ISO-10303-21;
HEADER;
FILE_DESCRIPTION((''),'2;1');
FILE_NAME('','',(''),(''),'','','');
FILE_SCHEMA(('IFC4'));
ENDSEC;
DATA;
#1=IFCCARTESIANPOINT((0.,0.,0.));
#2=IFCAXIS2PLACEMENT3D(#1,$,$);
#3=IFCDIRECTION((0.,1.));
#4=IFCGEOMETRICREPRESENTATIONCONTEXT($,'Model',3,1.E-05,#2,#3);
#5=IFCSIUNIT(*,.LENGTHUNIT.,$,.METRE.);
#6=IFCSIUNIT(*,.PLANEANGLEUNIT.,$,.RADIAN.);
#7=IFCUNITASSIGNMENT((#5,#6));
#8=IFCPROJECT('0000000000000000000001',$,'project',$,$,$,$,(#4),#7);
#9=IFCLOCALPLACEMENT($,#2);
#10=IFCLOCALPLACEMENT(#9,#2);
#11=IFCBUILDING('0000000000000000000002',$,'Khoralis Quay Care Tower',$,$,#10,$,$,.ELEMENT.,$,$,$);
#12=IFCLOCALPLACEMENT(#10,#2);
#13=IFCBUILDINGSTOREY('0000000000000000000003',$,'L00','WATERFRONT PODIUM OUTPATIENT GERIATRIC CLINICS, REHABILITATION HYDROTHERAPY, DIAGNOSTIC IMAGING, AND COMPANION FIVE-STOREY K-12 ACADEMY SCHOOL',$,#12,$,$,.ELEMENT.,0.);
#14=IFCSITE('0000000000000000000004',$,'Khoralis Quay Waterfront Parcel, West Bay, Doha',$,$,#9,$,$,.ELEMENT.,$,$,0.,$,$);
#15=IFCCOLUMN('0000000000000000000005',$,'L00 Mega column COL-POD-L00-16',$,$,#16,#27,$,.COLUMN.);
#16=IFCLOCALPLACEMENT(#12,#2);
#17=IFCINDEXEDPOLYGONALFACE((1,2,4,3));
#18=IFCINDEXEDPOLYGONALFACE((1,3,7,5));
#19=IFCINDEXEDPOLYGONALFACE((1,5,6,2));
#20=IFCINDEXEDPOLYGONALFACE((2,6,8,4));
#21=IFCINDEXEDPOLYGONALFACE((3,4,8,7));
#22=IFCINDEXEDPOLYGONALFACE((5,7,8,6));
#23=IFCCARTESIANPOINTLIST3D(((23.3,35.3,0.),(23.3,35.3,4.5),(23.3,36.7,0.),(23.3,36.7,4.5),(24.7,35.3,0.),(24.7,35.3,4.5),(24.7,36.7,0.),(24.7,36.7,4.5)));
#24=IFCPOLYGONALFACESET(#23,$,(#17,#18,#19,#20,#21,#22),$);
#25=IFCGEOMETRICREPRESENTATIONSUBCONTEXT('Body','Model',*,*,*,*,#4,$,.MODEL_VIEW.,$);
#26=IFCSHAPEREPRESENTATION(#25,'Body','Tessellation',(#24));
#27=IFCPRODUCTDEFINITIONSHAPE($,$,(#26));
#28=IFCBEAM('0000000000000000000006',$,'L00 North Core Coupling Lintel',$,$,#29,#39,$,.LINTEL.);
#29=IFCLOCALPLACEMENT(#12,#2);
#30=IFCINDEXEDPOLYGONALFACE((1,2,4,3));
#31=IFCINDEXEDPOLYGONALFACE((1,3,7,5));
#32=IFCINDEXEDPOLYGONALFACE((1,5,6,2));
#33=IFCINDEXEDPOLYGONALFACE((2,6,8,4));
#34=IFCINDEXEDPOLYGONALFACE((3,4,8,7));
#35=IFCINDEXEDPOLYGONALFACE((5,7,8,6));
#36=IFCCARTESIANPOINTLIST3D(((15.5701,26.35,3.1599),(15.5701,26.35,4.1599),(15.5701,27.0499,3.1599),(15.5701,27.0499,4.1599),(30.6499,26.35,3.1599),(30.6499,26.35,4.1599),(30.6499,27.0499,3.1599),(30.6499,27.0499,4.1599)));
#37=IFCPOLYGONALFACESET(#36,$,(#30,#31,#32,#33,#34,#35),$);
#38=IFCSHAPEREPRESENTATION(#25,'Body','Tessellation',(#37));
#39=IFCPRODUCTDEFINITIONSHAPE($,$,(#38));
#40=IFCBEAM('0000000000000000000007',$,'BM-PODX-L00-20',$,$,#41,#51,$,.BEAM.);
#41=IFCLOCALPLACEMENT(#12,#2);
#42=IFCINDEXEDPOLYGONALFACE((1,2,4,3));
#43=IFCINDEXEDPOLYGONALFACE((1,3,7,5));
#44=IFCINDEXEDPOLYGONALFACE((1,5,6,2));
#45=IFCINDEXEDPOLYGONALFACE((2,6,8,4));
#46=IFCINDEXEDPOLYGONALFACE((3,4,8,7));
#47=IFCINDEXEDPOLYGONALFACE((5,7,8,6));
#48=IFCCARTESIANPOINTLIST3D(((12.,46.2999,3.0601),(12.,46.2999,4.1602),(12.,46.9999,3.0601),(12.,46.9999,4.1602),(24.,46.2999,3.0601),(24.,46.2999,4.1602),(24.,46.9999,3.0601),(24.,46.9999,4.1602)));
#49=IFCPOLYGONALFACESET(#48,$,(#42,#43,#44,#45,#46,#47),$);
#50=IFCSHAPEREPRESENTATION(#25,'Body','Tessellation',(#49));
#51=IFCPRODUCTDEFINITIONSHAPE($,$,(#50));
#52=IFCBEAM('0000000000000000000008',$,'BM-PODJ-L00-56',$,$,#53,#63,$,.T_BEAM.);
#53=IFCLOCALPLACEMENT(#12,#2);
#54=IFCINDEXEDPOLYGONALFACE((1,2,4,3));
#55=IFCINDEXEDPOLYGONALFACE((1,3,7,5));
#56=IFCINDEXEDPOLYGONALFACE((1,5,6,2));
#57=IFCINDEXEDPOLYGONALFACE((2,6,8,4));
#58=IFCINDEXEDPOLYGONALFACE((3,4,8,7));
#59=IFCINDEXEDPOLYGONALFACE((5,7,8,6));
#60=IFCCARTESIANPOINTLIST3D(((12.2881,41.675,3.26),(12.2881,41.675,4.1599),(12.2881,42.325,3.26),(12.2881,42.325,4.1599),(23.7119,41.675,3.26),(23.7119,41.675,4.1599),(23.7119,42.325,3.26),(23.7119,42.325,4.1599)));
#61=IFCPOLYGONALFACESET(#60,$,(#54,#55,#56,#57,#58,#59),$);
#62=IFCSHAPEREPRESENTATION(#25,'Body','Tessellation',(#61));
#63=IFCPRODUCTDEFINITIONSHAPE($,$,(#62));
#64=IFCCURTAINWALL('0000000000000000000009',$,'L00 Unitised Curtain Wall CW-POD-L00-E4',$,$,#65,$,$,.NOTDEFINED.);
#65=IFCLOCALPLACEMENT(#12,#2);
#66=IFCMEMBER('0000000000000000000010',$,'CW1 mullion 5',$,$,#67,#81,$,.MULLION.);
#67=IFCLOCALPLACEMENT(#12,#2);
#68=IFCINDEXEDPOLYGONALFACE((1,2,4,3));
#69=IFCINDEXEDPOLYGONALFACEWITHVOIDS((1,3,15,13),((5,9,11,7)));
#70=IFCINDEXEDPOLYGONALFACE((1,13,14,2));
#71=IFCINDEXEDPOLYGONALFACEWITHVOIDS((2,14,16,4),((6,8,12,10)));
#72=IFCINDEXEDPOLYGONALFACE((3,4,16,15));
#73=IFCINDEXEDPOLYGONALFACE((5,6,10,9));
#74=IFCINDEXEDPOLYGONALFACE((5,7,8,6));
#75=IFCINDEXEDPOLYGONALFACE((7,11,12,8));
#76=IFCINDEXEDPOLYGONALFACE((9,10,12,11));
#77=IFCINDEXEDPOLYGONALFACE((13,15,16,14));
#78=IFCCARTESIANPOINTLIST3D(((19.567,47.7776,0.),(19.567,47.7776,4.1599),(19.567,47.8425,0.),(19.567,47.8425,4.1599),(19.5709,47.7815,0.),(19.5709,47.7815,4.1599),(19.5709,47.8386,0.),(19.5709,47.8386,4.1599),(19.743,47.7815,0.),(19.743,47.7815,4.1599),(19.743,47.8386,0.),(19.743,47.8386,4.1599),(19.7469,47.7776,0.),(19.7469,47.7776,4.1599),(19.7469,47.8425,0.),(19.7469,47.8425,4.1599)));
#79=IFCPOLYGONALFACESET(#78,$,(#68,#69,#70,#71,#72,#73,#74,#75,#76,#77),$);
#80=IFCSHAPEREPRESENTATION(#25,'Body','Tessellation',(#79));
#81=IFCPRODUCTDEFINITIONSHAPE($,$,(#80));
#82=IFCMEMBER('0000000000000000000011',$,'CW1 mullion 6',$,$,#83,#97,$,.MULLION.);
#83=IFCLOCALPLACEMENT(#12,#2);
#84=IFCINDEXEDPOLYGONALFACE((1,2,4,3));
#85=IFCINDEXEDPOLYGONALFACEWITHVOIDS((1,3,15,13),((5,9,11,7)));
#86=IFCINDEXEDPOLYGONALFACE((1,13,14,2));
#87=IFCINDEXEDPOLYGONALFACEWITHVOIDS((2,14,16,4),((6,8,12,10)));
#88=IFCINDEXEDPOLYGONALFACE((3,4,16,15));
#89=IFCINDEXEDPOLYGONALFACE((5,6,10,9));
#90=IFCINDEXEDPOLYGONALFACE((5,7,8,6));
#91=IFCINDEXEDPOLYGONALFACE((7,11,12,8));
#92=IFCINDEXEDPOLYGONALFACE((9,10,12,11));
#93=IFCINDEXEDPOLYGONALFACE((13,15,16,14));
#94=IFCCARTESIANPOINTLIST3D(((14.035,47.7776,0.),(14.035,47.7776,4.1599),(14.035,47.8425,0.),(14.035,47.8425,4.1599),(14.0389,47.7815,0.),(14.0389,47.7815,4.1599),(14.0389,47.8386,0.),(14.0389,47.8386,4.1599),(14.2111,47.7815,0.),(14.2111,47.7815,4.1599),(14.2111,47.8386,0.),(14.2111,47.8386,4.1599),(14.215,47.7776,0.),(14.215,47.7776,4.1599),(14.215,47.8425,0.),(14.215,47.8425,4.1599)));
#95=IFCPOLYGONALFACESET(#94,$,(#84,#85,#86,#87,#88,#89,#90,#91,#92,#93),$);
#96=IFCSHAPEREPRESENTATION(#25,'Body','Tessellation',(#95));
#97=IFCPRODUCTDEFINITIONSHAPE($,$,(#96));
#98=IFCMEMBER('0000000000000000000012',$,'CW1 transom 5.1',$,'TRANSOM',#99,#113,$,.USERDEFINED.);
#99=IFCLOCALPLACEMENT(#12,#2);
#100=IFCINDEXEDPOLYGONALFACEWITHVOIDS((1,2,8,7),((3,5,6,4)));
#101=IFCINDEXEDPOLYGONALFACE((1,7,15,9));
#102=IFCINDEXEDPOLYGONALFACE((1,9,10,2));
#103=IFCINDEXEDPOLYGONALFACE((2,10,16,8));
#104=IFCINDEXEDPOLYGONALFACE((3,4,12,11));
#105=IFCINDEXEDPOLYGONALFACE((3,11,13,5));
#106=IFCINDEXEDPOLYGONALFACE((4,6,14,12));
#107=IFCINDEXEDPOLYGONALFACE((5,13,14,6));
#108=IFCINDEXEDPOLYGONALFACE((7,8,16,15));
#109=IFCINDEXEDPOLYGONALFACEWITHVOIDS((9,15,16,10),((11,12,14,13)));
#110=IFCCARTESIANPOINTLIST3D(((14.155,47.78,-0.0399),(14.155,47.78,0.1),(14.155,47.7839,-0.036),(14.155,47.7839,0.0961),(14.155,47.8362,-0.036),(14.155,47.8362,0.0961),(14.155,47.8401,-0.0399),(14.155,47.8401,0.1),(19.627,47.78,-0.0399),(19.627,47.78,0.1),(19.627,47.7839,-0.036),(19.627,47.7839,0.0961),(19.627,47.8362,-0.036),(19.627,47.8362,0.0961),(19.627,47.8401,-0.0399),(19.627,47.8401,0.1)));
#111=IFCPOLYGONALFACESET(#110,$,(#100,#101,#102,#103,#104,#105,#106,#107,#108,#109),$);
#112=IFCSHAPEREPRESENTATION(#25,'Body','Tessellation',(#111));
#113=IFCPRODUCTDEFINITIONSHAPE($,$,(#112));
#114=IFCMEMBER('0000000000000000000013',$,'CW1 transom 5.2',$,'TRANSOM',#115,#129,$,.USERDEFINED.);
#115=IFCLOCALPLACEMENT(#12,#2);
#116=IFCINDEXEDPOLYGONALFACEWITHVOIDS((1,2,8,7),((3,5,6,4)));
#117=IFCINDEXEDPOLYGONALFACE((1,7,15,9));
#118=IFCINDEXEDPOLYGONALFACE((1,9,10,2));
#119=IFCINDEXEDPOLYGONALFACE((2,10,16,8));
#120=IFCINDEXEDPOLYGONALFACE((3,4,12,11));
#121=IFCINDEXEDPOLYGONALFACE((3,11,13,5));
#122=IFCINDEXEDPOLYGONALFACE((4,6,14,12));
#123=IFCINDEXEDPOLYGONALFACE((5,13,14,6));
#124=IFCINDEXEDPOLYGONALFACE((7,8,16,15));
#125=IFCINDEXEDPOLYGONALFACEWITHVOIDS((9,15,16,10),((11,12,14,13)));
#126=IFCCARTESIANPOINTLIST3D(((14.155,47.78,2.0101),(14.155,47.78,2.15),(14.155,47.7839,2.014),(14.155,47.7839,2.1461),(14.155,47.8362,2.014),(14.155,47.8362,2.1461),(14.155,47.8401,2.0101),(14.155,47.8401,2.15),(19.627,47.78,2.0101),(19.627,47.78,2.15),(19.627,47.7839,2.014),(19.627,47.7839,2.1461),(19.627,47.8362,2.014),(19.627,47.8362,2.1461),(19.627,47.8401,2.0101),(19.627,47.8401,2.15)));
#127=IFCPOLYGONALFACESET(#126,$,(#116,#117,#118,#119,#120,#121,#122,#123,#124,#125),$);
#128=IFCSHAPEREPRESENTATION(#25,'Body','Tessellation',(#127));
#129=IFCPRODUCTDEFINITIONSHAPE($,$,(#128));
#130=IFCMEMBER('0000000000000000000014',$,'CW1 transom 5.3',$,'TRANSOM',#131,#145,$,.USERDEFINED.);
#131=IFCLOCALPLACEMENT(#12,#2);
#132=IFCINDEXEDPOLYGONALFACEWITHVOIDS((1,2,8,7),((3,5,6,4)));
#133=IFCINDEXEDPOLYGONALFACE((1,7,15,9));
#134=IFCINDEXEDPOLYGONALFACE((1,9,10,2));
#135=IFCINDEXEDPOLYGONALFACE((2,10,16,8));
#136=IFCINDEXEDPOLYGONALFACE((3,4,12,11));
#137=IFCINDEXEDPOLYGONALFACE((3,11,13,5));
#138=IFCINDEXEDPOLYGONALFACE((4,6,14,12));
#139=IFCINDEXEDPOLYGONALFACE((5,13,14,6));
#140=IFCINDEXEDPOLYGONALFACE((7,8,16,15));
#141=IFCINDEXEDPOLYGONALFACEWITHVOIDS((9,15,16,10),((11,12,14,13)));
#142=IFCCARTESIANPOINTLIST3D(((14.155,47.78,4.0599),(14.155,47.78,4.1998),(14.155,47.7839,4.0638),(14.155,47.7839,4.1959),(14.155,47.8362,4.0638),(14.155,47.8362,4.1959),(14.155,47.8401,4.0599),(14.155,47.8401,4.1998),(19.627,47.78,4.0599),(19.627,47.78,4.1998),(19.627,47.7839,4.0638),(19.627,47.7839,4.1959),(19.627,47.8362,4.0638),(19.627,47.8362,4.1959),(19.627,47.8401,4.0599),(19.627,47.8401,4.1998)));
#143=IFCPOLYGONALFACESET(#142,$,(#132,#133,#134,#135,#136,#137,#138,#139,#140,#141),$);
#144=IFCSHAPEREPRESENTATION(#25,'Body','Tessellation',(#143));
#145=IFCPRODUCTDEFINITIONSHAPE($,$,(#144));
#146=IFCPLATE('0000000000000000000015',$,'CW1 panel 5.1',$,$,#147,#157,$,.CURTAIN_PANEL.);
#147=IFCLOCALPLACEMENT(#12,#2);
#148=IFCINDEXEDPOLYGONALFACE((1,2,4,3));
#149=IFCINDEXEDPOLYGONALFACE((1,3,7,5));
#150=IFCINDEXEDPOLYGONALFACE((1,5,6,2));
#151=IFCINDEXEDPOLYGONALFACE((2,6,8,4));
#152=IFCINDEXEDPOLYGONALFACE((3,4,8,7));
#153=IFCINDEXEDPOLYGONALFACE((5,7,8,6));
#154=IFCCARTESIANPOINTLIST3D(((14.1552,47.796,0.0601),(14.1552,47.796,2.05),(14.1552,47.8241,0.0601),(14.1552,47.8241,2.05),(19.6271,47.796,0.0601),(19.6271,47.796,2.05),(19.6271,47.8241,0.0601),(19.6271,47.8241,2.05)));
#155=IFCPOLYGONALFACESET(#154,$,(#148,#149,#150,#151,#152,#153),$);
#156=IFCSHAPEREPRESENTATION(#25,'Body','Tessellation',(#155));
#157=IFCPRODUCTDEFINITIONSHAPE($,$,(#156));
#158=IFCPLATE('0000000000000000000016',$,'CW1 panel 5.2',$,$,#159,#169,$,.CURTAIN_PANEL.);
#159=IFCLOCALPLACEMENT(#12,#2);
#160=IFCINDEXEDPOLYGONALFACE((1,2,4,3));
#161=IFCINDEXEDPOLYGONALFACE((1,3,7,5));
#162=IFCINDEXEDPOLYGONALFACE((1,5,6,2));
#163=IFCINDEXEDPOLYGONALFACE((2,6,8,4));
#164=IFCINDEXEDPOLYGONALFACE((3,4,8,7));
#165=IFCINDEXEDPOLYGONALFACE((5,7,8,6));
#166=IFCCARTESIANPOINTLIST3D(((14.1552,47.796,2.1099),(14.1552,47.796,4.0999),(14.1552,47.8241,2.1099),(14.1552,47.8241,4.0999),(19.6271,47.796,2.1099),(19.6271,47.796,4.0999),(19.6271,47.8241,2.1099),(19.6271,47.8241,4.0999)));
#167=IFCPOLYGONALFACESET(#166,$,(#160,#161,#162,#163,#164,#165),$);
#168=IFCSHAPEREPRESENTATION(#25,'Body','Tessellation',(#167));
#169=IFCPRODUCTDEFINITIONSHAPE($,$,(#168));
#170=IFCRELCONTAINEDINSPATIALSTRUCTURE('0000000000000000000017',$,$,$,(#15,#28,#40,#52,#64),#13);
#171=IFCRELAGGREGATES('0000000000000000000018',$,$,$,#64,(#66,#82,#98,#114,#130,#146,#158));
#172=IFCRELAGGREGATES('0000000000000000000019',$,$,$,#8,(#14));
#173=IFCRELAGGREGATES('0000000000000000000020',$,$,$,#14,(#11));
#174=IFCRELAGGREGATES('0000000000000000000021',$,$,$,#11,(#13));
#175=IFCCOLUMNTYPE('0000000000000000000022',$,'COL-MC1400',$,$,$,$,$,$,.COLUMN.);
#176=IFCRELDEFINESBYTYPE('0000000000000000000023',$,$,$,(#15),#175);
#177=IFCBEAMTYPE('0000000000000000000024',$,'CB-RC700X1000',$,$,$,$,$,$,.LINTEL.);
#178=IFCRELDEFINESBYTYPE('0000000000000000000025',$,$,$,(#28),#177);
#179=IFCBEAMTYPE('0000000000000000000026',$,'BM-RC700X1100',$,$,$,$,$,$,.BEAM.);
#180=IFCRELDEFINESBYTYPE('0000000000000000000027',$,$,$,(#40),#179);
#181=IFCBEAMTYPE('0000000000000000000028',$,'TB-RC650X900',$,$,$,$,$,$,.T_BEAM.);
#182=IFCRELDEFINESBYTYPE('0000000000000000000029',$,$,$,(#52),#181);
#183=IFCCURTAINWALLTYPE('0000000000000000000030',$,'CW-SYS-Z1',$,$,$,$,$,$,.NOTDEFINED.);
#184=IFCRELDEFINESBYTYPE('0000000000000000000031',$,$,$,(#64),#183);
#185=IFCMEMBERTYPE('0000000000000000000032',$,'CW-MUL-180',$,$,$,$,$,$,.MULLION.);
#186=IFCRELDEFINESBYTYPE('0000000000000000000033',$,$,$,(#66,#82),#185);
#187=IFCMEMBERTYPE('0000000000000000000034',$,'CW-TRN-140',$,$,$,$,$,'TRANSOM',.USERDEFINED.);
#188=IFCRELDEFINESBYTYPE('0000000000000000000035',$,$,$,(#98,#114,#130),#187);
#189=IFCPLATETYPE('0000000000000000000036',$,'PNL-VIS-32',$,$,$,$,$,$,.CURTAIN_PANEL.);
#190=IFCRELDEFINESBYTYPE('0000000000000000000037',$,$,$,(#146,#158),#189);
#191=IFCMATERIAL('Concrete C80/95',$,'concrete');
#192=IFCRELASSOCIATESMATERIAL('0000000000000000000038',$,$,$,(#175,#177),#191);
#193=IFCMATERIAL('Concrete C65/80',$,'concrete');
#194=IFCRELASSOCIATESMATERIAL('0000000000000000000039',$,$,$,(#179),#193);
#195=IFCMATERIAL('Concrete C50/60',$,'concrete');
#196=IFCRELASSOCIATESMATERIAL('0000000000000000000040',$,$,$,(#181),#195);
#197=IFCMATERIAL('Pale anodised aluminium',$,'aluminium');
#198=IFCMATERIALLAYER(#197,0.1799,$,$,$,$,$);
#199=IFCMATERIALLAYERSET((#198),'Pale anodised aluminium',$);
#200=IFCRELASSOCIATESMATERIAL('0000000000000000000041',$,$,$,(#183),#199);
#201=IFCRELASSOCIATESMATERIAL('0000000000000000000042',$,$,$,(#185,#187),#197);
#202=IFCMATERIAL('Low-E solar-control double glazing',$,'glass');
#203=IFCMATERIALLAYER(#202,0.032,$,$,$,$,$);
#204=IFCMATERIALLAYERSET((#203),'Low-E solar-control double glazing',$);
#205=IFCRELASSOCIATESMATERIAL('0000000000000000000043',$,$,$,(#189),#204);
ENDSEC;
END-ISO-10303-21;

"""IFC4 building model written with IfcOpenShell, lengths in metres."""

from ifc_helpers import new_model, si_unit, direction, frame, origin, origin_2d, place, context, subcontext, project, spatial, rectangle, hollow_rectangle, extrude, source, transform, mapped, material, layer, layer_set, material_profile, profile_set, type_object, element, aggregate, save


model = new_model("IFC4")

# Units and contexts
model_context = context("Model", 3, precision=1e-05, world=origin(), true_north=direction((0.0, 1.0)))
body_context = subcontext(model_context, "Body", "Model", "MODEL_VIEW")
ifc_project = project(units=[si_unit("LENGTHUNIT", "METRE"), si_unit("PLANEANGLEUNIT", "RADIAN")], contexts=[model_context])

# Site, building, storey
site_placement = place(None, origin())
site = spatial("IfcSite", under=ifc_project, at=site_placement, Name="Khoralis Quay Waterfront Parcel, West Bay, Doha", CompositionType="ELEMENT", RefElevation=0.0)
building_placement = place(site_placement, origin())
building = spatial("IfcBuilding", under=site, at=building_placement, Name="Khoralis Quay Care Tower", CompositionType="ELEMENT")
storey_placement = place(building_placement, origin())
storey = spatial("IfcBuildingStorey", under=building, at=storey_placement, Name="L00", Description="WATERFRONT PODIUM OUTPATIENT GERIATRIC CLINICS, REHABILITATION HYDROTHERAPY, DIAGNOSTIC IMAGING, AND COMPANION FIVE-STOREY K-12 ACADEMY SCHOOL", CompositionType="ELEMENT", Elevation=0.0)

# Column
ifc_material_1 = material(Name="Concrete C80/95", Category="concrete")
ifc_material_profile_1 = material_profile(ifc_material_1, rectangle(XDim=1.3999, YDim=1.3999, at=origin_2d()), Name="Concrete C80/95")
ifc_profile_set_1 = profile_set([ifc_material_profile_1], Name="Concrete C80/95")
column_type = type_object("IfcColumnType", Name="COL-MC1400", PredefinedType="COLUMN", material=ifc_profile_set_1)
shared_shape_1 = source(origin(), body_context, "Body", "SweptSolid", [
    extrude(rectangle(XDim=1.3999, YDim=1.3999, at=origin_2d()), origin(), (0.0, 0.0, 1.0), 4.5),
])
column_placement = place(storey_placement, frame((24.0, 36.0, 0.0), z_axis=(0.0, 0.0, 1.0), x_axis=(1.0, 0.0, 0.0)))
element("IfcColumn", 1, at=column_placement, inside=storey, type_object=column_type, Name="L00 Mega column COL-POD-L00-16", PredefinedType="COLUMN", context=body_context, shape_type="MappedRepresentation", body=[
    mapped(shared_shape_1, transform((0.0, 0.0, 0.0), scale=1.0)),
])

# Beams
ifc_material_profile_2 = material_profile(ifc_material_1, rectangle(XDim=0.7, YDim=1.0, at=origin_2d()), Name="Concrete C80/95")
ifc_profile_set_2 = profile_set([ifc_material_profile_2], Name="Concrete C80/95")
beam_type_1 = type_object("IfcBeamType", Name="CB-RC700X1000", PredefinedType="LINTEL", material=ifc_profile_set_2)
shared_shape_2 = source(origin(), body_context, "Body", "SweptSolid", [
    extrude(rectangle(XDim=0.7, YDim=1.0, at=origin_2d()), origin(), (0.0, 0.0, 1.0), 15.0798),
])
beam_1_placement = place(storey_placement, frame((15.5701, 26.7, 3.6599), z_axis=(1.0, 0.0, 0.0), x_axis=(0.0, 1.0, 0.0)))
element("IfcBeam", 2, at=beam_1_placement, inside=storey, type_object=beam_type_1, Name="L00 North Core Coupling Lintel", PredefinedType="LINTEL", context=body_context, shape_type="MappedRepresentation", body=[
    mapped(shared_shape_2, transform((0.0, 0.0, 0.0), scale=1.0)),
])
ifc_material_2 = material(Name="Concrete C65/80", Category="concrete")
ifc_material_profile_3 = material_profile(ifc_material_2, rectangle(XDim=0.7, YDim=1.1001, at=origin_2d()), Name="Concrete C65/80")
ifc_profile_set_3 = profile_set([ifc_material_profile_3], Name="Concrete C65/80")
beam_type_2 = type_object("IfcBeamType", Name="BM-RC700X1100", PredefinedType="BEAM", material=ifc_profile_set_3)
shared_shape_3 = source(origin(), body_context, "Body", "SweptSolid", [
    extrude(rectangle(XDim=0.7, YDim=1.1001, at=origin_2d()), origin(), (0.0, 0.0, 1.0), 12.0),
])
beam_2_placement = place(storey_placement, frame((12.0, 46.6499, 3.6101), z_axis=(1.0, 0.0, 0.0), x_axis=(0.0, 1.0, 0.0)))
element("IfcBeam", 3, at=beam_2_placement, inside=storey, type_object=beam_type_2, Name="BM-PODX-L00-20", PredefinedType="BEAM", context=body_context, shape_type="MappedRepresentation", body=[
    mapped(shared_shape_3, transform((0.0, 0.0, 0.0), scale=1.0)),
])
ifc_material_3 = material(Name="Concrete C50/60", Category="concrete")
ifc_material_profile_4 = material_profile(ifc_material_3, rectangle(XDim=0.6499, YDim=0.8999, at=origin_2d()), Name="Concrete C50/60")
ifc_profile_set_4 = profile_set([ifc_material_profile_4], Name="Concrete C50/60")
beam_type_3 = type_object("IfcBeamType", Name="TB-RC650X900", PredefinedType="T_BEAM", material=ifc_profile_set_4)
shared_shape_4 = source(origin(), body_context, "Body", "SweptSolid", [
    extrude(rectangle(XDim=0.6499, YDim=0.8999, at=origin_2d()), origin(), (0.0, 0.0, 1.0), 11.4238),
])
beam_3_placement = place(storey_placement, frame((12.2881, 42.0, 3.71), z_axis=(1.0, 0.0, 0.0), x_axis=(0.0, 1.0, 0.0)))
element("IfcBeam", 4, at=beam_3_placement, inside=storey, type_object=beam_type_3, Name="BM-PODJ-L00-56", PredefinedType="T_BEAM", context=body_context, shape_type="MappedRepresentation", body=[
    mapped(shared_shape_4, transform((0.0, 0.0, 0.0), scale=1.0)),
])

# Curtain wall, members, plates
ifc_material_4 = material(Name="Pale anodised aluminium", Category="aluminium")
ifc_layer_1 = layer(ifc_material_4, 0.1799)
ifc_layer_set_1 = layer_set([ifc_layer_1], Name="Pale anodised aluminium")
curtain_wall_type = type_object("IfcCurtainWallType", Name="CW-SYS-Z1", PredefinedType="NOTDEFINED", material=ifc_layer_set_1)
curtain_wall_placement = place(storey_placement, origin())
curtain_wall = element("IfcCurtainWall", 5, at=curtain_wall_placement, inside=storey, type_object=curtain_wall_type, Name="L00 Unitised Curtain Wall CW-POD-L00-E4", PredefinedType="NOTDEFINED")
ifc_material_profile_5 = material_profile(ifc_material_4, hollow_rectangle(XDim=0.0649, YDim=0.1799, WallThickness=0.0039, at=origin_2d()), Name="Pale anodised aluminium")
ifc_profile_set_5 = profile_set([ifc_material_profile_5], Name="Pale anodised aluminium")
member_type_1 = type_object("IfcMemberType", Name="CW-MUL-180", PredefinedType="MULLION", material=ifc_profile_set_5)
shared_shape_5 = source(origin(), body_context, "Body", "SweptSolid", [
    extrude(hollow_rectangle(XDim=0.0649, YDim=0.1799, WallThickness=0.0039, at=origin_2d()), origin(), (0.0, 0.0, 1.0), 4.1599),
])
member_1_placement = place(storey_placement, frame((19.657, 47.8101, 0.0), z_axis=(0.0, 0.0, 1.0), x_axis=(0.0, -1.0, 0.0)))
member_1 = element("IfcMember", 6, at=member_1_placement, type_object=member_type_1, Name="CW1 mullion 5", PredefinedType="MULLION", context=body_context, shape_type="MappedRepresentation", body=[
    mapped(shared_shape_5, transform((0.0, 0.0, 0.0), scale=1.0)),
])
member_2_placement = place(storey_placement, frame((14.125, 47.8101, 0.0), z_axis=(0.0, 0.0, 1.0), x_axis=(0.0, -1.0, 0.0)))
member_2 = element("IfcMember", 7, at=member_2_placement, type_object=member_type_1, Name="CW1 mullion 6", PredefinedType="MULLION", context=body_context, shape_type="MappedRepresentation", body=[
    mapped(shared_shape_5, transform((0.0, 0.0, 0.0), scale=1.0)),
])
ifc_material_profile_6 = material_profile(ifc_material_4, hollow_rectangle(XDim=0.0601, YDim=0.1399, WallThickness=0.0039, at=origin_2d()), Name="Pale anodised aluminium")
ifc_profile_set_6 = profile_set([ifc_material_profile_6], Name="Pale anodised aluminium")
member_type_2 = type_object("IfcMemberType", Name="CW-TRN-140", ElementType="TRANSOM", PredefinedType="USERDEFINED", material=ifc_profile_set_6)
shared_shape_6 = source(origin(), body_context, "Body", "SweptSolid", [
    extrude(hollow_rectangle(XDim=0.0601, YDim=0.1399, WallThickness=0.0039, at=origin_2d()), origin(), (0.0, 0.0, 1.0), 5.4719),
])
member_3_placement = place(storey_placement, frame((19.627, 47.8101, 0.03), z_axis=(-1.0, 0.0, 0.0), x_axis=(0.0, -1.0, 0.0)))
member_3 = element("IfcMember", 8, at=member_3_placement, type_object=member_type_2, Name="CW1 transom 5.1", ObjectType="TRANSOM", PredefinedType="USERDEFINED", context=body_context, shape_type="MappedRepresentation", body=[
    mapped(shared_shape_6, transform((0.0, 0.0, 0.0), scale=1.0)),
])
member_4_placement = place(storey_placement, frame((19.627, 47.8101, 2.0801), z_axis=(-1.0, 0.0, 0.0), x_axis=(0.0, -1.0, 0.0)))
member_4 = element("IfcMember", 9, at=member_4_placement, type_object=member_type_2, Name="CW1 transom 5.2", ObjectType="TRANSOM", PredefinedType="USERDEFINED", context=body_context, shape_type="MappedRepresentation", body=[
    mapped(shared_shape_6, transform((0.0, 0.0, 0.0), scale=1.0)),
])
member_5_placement = place(storey_placement, frame((19.627, 47.8101, 4.1299), z_axis=(-1.0, 0.0, 0.0), x_axis=(0.0, -1.0, 0.0)))
member_5 = element("IfcMember", 10, at=member_5_placement, type_object=member_type_2, Name="CW1 transom 5.3", ObjectType="TRANSOM", PredefinedType="USERDEFINED", context=body_context, shape_type="MappedRepresentation", body=[
    mapped(shared_shape_6, transform((0.0, 0.0, 0.0), scale=1.0)),
])
ifc_material_5 = material(Name="Low-E solar-control double glazing", Category="glass")
ifc_layer_2 = layer(ifc_material_5, 0.032)
ifc_layer_set_2 = layer_set([ifc_layer_2], Name="Low-E solar-control double glazing")
plate_type = type_object("IfcPlateType", Name="PNL-VIS-32", PredefinedType="CURTAIN_PANEL", material=ifc_layer_set_2)
shared_shape_7 = source(origin(), body_context, "Body", "SweptSolid", [
    extrude(rectangle(XDim=5.4719, YDim=0.0281, at=origin_2d()), origin(), (0.0, 0.0, 1.0), 1.99),
])
plate_1_placement = place(storey_placement, frame((16.8911, 47.8101, 0.0601), z_axis=(0.0, 0.0, 1.0), x_axis=(-1.0, 0.0, 0.0)))
plate_1 = element("IfcPlate", 11, at=plate_1_placement, type_object=plate_type, Name="CW1 panel 5.1", PredefinedType="CURTAIN_PANEL", context=body_context, shape_type="MappedRepresentation", body=[
    mapped(shared_shape_7, transform((0.0, 0.0, 0.0), scale=1.0)),
])
plate_2_placement = place(storey_placement, frame((16.8911, 47.8101, 2.1099), z_axis=(0.0, 0.0, 1.0), x_axis=(-1.0, 0.0, 0.0)))
plate_2 = element("IfcPlate", 12, at=plate_2_placement, type_object=plate_type, Name="CW1 panel 5.2", PredefinedType="CURTAIN_PANEL", context=body_context, shape_type="MappedRepresentation", body=[
    mapped(shared_shape_7, transform((0.0, 0.0, 0.0), scale=1.0)),
])
aggregate(curtain_wall, [member_1, member_2, member_3, member_4, member_5, plate_1, plate_2])

save(model, "model.ifc")
